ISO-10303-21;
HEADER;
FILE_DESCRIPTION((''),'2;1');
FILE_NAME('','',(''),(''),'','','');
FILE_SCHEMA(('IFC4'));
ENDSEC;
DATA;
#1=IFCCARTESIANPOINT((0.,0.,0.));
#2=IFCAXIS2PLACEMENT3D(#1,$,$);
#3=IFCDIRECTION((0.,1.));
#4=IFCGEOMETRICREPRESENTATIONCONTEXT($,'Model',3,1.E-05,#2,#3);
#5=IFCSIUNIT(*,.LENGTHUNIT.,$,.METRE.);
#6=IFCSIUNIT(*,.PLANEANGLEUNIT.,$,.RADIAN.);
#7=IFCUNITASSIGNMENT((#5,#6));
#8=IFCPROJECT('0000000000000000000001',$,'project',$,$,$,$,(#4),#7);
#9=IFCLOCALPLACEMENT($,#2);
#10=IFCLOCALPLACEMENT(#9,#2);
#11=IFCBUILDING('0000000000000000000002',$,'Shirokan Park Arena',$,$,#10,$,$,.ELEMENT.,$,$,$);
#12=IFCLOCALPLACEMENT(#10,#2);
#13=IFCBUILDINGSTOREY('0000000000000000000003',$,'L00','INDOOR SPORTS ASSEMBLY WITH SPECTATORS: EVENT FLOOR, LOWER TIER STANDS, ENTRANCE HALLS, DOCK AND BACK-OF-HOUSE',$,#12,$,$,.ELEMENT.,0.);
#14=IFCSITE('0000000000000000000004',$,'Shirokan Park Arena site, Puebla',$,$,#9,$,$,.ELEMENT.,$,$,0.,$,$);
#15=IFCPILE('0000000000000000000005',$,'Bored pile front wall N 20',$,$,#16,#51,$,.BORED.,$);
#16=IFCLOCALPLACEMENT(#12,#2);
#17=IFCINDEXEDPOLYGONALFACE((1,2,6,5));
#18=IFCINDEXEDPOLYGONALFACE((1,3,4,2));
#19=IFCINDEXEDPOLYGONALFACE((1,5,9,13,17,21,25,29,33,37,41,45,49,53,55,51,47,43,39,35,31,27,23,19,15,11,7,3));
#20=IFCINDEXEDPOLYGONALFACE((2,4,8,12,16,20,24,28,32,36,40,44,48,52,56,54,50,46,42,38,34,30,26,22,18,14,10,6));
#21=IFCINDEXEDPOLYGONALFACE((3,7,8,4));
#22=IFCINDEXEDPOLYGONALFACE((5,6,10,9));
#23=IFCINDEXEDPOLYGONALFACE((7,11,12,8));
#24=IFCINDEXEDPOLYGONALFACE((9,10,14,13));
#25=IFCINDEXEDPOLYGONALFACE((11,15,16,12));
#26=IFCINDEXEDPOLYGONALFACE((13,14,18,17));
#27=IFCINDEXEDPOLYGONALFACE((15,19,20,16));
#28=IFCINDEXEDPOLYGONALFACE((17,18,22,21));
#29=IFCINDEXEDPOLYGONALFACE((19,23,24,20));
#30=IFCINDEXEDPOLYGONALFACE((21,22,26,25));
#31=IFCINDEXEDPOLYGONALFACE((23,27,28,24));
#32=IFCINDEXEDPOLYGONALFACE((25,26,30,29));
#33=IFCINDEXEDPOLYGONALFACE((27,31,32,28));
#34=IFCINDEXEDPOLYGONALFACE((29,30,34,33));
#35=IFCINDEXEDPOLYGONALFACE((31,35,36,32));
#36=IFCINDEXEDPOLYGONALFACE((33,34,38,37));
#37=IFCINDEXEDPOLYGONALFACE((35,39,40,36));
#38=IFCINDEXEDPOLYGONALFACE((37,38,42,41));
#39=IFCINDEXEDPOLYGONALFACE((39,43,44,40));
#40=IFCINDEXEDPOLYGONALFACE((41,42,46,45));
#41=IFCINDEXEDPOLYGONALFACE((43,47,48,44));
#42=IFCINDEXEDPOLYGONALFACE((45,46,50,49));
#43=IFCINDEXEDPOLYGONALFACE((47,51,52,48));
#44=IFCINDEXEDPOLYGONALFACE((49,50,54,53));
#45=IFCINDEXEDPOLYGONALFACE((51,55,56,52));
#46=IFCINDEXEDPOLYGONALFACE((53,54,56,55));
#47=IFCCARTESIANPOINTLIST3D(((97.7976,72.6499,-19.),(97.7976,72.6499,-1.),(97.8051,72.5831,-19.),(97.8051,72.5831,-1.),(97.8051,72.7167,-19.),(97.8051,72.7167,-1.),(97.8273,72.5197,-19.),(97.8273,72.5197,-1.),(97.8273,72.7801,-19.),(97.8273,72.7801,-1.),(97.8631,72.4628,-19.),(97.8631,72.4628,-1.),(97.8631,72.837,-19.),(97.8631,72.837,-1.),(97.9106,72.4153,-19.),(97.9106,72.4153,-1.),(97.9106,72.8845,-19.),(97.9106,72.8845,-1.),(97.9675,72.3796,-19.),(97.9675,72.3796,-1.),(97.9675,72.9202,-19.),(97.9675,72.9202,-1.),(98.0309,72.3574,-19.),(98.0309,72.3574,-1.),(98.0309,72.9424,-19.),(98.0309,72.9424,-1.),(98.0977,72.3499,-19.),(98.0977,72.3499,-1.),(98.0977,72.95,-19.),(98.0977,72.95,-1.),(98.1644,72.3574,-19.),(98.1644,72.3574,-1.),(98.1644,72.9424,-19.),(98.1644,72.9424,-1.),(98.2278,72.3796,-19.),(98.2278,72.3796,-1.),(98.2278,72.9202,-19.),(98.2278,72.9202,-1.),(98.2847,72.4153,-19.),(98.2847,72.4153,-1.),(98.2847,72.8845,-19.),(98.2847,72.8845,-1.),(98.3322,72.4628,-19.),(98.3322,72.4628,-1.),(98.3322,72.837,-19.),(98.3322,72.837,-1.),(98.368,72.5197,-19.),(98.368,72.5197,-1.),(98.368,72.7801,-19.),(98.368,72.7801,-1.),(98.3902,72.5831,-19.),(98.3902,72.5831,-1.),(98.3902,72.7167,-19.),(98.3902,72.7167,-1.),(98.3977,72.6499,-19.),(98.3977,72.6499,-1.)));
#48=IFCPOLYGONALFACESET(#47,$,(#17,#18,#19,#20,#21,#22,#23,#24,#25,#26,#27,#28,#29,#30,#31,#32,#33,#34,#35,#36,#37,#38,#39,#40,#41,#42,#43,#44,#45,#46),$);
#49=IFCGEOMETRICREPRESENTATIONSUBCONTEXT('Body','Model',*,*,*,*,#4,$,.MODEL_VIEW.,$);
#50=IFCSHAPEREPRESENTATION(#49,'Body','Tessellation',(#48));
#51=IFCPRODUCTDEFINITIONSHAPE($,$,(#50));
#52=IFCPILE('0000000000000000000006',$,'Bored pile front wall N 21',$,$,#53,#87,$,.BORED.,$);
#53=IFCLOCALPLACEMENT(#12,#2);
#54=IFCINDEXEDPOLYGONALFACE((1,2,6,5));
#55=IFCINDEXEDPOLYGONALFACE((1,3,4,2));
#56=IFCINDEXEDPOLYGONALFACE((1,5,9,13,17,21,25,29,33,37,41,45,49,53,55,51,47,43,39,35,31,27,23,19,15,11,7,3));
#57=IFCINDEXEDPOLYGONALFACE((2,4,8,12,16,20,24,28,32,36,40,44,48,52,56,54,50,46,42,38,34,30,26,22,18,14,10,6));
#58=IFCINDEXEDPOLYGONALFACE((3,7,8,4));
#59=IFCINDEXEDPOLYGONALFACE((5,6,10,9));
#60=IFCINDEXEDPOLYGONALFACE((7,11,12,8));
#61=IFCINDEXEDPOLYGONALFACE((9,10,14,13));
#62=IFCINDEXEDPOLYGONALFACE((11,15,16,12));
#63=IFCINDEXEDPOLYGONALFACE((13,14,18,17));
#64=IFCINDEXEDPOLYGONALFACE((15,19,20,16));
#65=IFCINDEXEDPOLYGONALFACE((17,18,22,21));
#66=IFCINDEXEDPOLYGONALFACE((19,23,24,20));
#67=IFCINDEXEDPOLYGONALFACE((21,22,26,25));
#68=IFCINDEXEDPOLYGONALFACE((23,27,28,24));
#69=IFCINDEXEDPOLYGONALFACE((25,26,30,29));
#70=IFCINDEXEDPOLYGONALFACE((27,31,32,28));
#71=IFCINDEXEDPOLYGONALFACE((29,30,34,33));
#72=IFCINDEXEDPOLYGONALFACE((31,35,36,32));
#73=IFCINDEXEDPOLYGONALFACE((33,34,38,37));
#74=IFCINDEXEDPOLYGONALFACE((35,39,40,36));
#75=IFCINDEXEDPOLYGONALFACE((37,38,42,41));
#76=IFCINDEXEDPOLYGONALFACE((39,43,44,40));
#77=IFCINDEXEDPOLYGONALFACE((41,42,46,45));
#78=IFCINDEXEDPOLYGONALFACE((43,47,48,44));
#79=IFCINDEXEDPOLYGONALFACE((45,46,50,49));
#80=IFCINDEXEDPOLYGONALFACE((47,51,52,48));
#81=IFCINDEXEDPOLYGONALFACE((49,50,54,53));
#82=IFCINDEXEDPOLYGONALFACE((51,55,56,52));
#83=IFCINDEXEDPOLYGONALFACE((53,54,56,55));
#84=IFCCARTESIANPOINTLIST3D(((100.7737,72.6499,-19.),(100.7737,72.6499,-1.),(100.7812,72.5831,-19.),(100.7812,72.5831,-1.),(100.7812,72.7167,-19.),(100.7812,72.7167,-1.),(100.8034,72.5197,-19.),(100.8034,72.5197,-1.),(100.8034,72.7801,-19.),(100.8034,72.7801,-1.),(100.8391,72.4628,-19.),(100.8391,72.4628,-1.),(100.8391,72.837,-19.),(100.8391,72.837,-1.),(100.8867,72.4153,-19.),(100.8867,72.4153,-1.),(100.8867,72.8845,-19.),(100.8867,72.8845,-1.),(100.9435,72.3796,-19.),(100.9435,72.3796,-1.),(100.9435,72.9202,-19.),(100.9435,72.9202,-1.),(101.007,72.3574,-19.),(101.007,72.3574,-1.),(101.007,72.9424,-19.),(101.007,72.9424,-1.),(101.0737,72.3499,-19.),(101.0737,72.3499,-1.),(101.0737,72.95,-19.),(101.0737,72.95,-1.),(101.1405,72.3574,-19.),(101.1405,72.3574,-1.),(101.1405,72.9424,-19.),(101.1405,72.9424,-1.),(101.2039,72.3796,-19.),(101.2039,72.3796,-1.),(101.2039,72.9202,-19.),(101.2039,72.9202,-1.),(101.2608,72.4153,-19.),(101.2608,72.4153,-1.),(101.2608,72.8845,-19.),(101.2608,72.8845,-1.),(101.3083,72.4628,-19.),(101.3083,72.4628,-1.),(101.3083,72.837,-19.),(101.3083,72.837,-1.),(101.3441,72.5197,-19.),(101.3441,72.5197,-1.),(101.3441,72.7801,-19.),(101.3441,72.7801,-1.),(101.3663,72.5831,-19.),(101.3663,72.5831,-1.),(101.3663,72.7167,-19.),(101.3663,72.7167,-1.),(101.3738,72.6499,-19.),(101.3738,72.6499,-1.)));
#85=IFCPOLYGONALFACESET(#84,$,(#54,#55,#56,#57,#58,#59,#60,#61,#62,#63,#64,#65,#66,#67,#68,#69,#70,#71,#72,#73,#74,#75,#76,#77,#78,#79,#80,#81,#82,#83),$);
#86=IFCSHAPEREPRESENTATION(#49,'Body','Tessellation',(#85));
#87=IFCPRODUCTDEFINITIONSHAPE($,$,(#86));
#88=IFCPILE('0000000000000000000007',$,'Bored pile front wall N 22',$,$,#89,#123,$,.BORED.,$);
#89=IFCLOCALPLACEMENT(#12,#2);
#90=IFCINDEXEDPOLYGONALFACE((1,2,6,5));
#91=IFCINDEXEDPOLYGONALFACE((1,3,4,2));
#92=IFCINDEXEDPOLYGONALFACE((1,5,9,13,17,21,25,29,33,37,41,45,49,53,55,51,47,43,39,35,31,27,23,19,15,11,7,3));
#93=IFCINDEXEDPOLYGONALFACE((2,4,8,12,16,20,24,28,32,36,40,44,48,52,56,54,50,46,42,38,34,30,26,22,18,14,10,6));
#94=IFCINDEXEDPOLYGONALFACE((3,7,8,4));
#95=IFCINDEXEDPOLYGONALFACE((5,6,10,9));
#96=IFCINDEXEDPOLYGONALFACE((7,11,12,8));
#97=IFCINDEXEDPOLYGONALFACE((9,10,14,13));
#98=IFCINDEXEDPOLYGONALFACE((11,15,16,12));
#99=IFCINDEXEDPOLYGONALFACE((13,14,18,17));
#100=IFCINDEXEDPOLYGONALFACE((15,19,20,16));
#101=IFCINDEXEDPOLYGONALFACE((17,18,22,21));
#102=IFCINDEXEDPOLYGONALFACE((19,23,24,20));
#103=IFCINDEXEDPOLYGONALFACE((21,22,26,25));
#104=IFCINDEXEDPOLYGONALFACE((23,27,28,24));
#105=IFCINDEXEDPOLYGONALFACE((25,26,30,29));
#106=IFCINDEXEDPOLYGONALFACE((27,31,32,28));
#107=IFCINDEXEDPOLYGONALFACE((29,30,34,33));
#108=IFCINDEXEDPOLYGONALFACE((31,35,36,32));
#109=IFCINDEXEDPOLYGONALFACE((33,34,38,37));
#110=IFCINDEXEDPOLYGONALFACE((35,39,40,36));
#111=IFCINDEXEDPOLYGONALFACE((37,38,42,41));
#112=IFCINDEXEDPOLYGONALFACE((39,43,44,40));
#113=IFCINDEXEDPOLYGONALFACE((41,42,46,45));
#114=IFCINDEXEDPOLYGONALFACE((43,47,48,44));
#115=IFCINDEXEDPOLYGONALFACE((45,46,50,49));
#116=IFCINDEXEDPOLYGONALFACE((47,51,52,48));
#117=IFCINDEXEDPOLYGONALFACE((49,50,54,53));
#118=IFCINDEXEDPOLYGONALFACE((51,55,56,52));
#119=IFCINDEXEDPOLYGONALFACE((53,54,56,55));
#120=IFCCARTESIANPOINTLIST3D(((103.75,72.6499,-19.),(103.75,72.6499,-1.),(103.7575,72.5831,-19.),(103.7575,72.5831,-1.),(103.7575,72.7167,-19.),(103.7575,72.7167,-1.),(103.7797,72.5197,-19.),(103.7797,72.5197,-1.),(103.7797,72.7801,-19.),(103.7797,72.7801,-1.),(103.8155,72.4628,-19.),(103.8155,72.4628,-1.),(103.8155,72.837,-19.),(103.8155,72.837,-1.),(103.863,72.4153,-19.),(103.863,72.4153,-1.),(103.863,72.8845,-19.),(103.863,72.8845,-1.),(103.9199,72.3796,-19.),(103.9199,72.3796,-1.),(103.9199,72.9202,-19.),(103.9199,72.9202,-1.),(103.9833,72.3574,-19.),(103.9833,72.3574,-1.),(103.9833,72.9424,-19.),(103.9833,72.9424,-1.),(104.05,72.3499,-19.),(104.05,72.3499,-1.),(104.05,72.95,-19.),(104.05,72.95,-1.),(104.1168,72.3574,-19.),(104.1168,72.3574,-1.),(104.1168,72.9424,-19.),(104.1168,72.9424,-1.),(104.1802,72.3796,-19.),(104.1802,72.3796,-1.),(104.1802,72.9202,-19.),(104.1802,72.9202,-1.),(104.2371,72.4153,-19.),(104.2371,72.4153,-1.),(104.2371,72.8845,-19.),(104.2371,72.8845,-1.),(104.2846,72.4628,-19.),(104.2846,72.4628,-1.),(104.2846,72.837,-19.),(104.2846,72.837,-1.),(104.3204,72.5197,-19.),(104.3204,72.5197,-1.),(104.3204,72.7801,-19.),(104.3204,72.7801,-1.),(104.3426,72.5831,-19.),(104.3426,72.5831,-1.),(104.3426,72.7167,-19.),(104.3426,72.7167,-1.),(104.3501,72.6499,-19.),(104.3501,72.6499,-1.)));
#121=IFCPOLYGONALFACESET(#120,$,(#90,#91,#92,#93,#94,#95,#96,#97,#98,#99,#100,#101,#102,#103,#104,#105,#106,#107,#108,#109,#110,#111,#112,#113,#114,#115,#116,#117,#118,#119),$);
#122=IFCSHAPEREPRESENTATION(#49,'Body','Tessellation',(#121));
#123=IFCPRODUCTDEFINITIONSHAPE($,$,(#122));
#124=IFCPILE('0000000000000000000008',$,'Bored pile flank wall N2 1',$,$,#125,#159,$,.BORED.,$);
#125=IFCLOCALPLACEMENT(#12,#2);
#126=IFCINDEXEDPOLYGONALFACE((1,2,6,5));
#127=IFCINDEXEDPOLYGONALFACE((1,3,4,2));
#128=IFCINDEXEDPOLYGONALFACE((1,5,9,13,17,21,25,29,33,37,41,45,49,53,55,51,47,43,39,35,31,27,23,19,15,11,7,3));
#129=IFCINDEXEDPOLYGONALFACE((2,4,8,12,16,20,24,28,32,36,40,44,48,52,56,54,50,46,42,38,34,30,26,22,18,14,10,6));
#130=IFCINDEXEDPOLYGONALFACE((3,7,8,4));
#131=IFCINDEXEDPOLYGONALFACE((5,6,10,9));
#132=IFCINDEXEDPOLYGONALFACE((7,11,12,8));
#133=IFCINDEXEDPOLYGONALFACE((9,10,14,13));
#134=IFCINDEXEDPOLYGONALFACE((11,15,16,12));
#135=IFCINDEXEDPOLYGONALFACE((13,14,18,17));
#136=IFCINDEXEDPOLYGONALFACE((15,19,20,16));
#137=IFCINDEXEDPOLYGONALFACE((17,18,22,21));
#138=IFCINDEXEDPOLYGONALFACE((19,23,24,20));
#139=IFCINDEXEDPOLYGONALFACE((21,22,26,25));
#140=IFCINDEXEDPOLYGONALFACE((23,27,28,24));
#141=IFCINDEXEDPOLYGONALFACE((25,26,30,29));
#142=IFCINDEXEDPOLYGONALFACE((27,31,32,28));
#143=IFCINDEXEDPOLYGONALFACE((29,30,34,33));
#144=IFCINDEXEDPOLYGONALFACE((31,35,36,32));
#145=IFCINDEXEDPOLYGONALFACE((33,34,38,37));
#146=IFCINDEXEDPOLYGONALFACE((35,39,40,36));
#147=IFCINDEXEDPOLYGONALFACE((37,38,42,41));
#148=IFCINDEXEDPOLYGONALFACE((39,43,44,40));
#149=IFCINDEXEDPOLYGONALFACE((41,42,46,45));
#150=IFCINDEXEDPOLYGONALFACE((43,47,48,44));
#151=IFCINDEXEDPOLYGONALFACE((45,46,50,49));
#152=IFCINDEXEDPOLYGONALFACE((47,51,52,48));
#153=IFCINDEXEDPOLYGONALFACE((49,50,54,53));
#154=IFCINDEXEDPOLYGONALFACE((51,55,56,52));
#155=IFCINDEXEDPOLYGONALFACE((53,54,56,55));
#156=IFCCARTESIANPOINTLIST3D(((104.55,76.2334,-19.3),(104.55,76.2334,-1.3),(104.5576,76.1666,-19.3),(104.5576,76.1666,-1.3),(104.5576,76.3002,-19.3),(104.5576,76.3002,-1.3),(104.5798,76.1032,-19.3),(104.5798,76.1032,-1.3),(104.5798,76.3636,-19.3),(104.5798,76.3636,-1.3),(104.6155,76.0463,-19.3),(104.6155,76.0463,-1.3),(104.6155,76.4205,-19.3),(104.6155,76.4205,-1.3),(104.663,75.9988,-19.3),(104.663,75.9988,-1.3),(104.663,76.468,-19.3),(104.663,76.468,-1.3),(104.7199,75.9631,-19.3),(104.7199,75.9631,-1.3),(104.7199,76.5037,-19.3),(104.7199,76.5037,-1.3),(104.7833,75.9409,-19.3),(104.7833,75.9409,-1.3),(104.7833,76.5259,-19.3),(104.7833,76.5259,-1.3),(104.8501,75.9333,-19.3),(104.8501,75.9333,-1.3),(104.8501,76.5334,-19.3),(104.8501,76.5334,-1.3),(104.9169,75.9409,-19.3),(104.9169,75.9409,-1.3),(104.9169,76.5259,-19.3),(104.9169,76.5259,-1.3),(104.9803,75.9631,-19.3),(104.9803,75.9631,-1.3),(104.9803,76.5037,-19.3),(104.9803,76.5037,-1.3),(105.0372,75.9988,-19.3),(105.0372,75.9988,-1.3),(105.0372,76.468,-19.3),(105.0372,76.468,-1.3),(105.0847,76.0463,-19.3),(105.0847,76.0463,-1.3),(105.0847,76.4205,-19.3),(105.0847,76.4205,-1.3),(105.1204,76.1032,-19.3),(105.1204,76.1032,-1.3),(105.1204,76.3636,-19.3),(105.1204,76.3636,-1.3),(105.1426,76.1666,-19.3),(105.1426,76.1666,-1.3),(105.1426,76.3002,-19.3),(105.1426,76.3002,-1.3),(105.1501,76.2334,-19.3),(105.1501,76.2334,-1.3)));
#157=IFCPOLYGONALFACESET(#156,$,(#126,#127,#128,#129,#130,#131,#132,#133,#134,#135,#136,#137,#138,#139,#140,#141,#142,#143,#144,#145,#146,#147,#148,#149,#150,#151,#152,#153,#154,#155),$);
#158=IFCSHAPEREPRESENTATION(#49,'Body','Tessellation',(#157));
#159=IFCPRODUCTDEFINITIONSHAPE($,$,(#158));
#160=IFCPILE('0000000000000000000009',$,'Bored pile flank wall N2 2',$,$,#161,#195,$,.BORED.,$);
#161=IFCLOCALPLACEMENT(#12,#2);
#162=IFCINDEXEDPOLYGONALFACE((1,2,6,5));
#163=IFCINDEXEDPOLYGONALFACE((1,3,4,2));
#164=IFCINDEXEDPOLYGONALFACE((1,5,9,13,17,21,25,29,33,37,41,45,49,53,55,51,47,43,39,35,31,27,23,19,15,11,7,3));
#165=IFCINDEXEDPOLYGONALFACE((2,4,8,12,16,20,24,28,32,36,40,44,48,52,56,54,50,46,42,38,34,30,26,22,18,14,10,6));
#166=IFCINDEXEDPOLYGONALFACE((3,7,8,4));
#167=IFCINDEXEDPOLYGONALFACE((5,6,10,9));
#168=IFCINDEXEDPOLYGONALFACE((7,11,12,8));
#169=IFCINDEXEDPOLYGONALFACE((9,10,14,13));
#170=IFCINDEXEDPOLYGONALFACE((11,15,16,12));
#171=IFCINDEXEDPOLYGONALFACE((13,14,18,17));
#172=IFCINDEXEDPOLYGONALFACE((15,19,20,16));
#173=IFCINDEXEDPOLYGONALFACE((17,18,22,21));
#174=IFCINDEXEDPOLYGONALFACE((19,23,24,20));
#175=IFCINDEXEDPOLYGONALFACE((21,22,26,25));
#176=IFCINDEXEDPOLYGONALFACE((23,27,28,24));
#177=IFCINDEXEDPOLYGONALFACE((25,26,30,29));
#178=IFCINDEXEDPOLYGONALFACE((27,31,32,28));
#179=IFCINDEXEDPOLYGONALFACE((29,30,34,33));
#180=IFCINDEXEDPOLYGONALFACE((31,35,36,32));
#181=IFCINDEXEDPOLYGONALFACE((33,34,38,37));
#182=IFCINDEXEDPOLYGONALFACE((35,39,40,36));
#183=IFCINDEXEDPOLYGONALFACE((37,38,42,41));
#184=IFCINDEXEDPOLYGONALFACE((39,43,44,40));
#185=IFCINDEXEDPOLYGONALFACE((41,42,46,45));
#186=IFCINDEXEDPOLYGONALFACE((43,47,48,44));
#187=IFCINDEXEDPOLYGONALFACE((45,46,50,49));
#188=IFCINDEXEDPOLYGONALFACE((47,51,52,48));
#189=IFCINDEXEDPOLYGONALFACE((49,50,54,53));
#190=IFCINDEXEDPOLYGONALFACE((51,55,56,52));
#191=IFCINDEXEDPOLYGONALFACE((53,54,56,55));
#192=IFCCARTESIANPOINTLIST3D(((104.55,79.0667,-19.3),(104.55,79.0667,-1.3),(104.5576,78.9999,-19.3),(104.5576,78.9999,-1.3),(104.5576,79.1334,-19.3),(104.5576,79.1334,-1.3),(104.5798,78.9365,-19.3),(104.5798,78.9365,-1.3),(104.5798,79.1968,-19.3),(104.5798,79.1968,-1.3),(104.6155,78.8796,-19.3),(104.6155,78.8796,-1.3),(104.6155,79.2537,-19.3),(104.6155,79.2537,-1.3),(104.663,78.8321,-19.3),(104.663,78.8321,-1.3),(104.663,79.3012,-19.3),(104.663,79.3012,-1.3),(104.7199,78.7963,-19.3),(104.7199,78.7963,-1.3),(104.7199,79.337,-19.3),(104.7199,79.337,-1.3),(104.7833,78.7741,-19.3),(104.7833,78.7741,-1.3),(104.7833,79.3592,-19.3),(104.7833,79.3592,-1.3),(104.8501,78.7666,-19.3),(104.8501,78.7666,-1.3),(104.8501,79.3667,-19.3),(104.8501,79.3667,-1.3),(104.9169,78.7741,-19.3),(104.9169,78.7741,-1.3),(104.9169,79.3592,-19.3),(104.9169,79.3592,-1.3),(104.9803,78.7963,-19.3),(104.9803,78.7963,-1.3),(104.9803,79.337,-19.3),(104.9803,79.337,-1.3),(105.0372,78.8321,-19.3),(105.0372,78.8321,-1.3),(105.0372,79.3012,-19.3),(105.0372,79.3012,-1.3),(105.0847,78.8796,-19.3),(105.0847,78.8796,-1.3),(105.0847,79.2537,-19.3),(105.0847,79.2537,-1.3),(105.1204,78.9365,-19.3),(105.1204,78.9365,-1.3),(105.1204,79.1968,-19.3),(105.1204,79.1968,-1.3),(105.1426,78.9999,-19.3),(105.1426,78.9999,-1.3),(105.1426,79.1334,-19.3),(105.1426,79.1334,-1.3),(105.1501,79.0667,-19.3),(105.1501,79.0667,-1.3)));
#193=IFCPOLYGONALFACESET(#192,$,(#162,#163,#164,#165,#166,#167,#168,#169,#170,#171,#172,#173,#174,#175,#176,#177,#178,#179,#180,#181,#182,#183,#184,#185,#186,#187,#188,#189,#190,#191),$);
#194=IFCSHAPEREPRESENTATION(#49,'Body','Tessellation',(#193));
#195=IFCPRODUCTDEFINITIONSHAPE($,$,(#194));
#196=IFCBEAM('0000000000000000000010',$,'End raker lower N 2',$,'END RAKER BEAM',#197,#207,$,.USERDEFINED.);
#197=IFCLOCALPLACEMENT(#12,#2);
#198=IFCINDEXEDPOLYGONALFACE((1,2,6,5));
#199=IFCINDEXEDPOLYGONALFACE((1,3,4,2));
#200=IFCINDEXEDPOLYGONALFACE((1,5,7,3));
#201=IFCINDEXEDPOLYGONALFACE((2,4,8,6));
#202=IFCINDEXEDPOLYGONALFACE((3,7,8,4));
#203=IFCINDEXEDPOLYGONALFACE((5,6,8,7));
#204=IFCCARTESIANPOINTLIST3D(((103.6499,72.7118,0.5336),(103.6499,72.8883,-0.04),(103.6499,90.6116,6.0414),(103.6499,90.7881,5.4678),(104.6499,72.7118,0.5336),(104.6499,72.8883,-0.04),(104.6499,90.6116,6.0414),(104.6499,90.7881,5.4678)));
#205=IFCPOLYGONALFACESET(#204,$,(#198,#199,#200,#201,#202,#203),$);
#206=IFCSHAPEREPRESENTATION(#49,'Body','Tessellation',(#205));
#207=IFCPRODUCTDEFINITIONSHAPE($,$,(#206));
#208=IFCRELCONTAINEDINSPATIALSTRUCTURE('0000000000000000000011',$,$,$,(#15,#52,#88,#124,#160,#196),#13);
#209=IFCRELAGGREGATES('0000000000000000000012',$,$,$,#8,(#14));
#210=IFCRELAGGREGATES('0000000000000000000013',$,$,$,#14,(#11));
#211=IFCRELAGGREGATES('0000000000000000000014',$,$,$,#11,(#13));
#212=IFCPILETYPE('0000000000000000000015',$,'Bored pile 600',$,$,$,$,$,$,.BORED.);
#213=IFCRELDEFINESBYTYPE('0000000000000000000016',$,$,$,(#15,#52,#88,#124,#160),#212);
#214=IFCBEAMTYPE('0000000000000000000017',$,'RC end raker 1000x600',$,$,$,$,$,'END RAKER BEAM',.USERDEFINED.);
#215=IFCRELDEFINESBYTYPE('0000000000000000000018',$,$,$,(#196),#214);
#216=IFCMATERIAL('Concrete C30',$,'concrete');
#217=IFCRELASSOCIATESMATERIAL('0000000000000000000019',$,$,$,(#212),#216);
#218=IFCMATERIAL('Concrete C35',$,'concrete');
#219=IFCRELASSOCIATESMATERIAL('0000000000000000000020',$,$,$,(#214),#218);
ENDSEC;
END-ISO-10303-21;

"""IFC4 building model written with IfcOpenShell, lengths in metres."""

from ifc_helpers import new_model, si_unit, direction, frame, origin, origin_2d, place, context, subcontext, project, spatial, rectangle, circle, extrude, material, material_profile, profile_set, type_object, element, save


model = new_model("IFC4")

# Units and contexts
model_context = context("Model", 3, precision=1e-05, world=origin(), true_north=direction((0.0, 1.0)))
body_context = subcontext(model_context, "Body", "Model", "MODEL_VIEW")
ifc_project = project(units=[si_unit("LENGTHUNIT", "METRE"), si_unit("PLANEANGLEUNIT", "RADIAN")], contexts=[model_context])

# Site, building, storey
site_placement = place(None, origin())
site = spatial("IfcSite", under=ifc_project, at=site_placement, Name="Shirokan Park Arena site, Puebla", CompositionType="ELEMENT", RefElevation=0.0)
building_placement = place(site_placement, origin())
building = spatial("IfcBuilding", under=site, at=building_placement, Name="Shirokan Park Arena", CompositionType="ELEMENT")
storey_placement = place(building_placement, origin())
storey = spatial("IfcBuildingStorey", under=building, at=storey_placement, Name="L00", Description="INDOOR SPORTS ASSEMBLY WITH SPECTATORS: EVENT FLOOR, LOWER TIER STANDS, ENTRANCE HALLS, DOCK AND BACK-OF-HOUSE", CompositionType="ELEMENT", Elevation=0.0)

# Piles
ifc_material_1 = material(Name="Concrete C30", Category="concrete")
ifc_material_profile_1 = material_profile(ifc_material_1, circle(Radius=0.3, at=origin_2d()), Name="D600")
ifc_profile_set_1 = profile_set([ifc_material_profile_1], Name="Concrete C30")
pile_type = type_object("IfcPileType", Name="Bored pile 600", PredefinedType="BORED", material=ifc_profile_set_1)
for number, where, z_axis, x_axis, name in (
    (1, (98.0977, 72.6499, -1.0), (0.0, 0.0, -1.0), (1.0, 0.0, 0.0), "Bored pile front wall N 20"),
    (2, (101.0737, 72.6499, -1.0), (0.0, 0.0, -1.0), (1.0, 0.0, 0.0), "Bored pile front wall N 21"),
    (3, (104.05, 72.6499, -1.0), (0.0, 0.0, -1.0), (1.0, 0.0, 0.0), "Bored pile front wall N 22"),
    (4, (104.8501, 76.2334, -1.3), (0.0, 0.0, -1.0), (1.0, 0.0, 0.0), "Bored pile flank wall N2 1"),
    (5, (104.8501, 79.0667, -1.3), (0.0, 0.0, -1.0), (1.0, 0.0, 0.0), "Bored pile flank wall N2 2"),
):
    element("IfcPile", number, at=place(storey_placement, frame(where, z_axis=z_axis, x_axis=x_axis)), inside=storey, type_object=pile_type, Name=name, PredefinedType="BORED", context=body_context, shape_type="SweptSolid", body=[
        extrude(circle(Radius=0.3, at=origin_2d()), origin(), (0.0, 0.0, 1.0), 18.0),
    ])

# Beam
ifc_material_2 = material(Name="Concrete C35", Category="concrete")
ifc_material_profile_2 = material_profile(ifc_material_2, rectangle(XDim=1.0, YDim=0.6001, at=origin_2d()), Name="1000x600")
ifc_profile_set_2 = profile_set([ifc_material_profile_2], Name="Concrete C35")
beam_type_1 = type_object("IfcBeamType", Name="RC end raker 1000x600", ElementType="END RAKER BEAM", PredefinedType="USERDEFINED", material=ifc_profile_set_2)
beam_placement = place(storey_placement, frame((104.1499, 72.8, 0.2468), z_axis=(0.0, 0.955777, 0.294093), x_axis=(-1.0, 0.0, 0.0)))
element("IfcBeam", 6, at=beam_placement, inside=storey, type_object=beam_type_1, Name="End raker lower N 2", ObjectType="END RAKER BEAM", PredefinedType="USERDEFINED", context=body_context, shape_type="SweptSolid", body=[
    extrude(rectangle(XDim=1.0, YDim=0.6001, at=origin_2d()), origin(), (0.0, 0.0, 1.0), 18.728),
])

save(model, "model.ifc")
